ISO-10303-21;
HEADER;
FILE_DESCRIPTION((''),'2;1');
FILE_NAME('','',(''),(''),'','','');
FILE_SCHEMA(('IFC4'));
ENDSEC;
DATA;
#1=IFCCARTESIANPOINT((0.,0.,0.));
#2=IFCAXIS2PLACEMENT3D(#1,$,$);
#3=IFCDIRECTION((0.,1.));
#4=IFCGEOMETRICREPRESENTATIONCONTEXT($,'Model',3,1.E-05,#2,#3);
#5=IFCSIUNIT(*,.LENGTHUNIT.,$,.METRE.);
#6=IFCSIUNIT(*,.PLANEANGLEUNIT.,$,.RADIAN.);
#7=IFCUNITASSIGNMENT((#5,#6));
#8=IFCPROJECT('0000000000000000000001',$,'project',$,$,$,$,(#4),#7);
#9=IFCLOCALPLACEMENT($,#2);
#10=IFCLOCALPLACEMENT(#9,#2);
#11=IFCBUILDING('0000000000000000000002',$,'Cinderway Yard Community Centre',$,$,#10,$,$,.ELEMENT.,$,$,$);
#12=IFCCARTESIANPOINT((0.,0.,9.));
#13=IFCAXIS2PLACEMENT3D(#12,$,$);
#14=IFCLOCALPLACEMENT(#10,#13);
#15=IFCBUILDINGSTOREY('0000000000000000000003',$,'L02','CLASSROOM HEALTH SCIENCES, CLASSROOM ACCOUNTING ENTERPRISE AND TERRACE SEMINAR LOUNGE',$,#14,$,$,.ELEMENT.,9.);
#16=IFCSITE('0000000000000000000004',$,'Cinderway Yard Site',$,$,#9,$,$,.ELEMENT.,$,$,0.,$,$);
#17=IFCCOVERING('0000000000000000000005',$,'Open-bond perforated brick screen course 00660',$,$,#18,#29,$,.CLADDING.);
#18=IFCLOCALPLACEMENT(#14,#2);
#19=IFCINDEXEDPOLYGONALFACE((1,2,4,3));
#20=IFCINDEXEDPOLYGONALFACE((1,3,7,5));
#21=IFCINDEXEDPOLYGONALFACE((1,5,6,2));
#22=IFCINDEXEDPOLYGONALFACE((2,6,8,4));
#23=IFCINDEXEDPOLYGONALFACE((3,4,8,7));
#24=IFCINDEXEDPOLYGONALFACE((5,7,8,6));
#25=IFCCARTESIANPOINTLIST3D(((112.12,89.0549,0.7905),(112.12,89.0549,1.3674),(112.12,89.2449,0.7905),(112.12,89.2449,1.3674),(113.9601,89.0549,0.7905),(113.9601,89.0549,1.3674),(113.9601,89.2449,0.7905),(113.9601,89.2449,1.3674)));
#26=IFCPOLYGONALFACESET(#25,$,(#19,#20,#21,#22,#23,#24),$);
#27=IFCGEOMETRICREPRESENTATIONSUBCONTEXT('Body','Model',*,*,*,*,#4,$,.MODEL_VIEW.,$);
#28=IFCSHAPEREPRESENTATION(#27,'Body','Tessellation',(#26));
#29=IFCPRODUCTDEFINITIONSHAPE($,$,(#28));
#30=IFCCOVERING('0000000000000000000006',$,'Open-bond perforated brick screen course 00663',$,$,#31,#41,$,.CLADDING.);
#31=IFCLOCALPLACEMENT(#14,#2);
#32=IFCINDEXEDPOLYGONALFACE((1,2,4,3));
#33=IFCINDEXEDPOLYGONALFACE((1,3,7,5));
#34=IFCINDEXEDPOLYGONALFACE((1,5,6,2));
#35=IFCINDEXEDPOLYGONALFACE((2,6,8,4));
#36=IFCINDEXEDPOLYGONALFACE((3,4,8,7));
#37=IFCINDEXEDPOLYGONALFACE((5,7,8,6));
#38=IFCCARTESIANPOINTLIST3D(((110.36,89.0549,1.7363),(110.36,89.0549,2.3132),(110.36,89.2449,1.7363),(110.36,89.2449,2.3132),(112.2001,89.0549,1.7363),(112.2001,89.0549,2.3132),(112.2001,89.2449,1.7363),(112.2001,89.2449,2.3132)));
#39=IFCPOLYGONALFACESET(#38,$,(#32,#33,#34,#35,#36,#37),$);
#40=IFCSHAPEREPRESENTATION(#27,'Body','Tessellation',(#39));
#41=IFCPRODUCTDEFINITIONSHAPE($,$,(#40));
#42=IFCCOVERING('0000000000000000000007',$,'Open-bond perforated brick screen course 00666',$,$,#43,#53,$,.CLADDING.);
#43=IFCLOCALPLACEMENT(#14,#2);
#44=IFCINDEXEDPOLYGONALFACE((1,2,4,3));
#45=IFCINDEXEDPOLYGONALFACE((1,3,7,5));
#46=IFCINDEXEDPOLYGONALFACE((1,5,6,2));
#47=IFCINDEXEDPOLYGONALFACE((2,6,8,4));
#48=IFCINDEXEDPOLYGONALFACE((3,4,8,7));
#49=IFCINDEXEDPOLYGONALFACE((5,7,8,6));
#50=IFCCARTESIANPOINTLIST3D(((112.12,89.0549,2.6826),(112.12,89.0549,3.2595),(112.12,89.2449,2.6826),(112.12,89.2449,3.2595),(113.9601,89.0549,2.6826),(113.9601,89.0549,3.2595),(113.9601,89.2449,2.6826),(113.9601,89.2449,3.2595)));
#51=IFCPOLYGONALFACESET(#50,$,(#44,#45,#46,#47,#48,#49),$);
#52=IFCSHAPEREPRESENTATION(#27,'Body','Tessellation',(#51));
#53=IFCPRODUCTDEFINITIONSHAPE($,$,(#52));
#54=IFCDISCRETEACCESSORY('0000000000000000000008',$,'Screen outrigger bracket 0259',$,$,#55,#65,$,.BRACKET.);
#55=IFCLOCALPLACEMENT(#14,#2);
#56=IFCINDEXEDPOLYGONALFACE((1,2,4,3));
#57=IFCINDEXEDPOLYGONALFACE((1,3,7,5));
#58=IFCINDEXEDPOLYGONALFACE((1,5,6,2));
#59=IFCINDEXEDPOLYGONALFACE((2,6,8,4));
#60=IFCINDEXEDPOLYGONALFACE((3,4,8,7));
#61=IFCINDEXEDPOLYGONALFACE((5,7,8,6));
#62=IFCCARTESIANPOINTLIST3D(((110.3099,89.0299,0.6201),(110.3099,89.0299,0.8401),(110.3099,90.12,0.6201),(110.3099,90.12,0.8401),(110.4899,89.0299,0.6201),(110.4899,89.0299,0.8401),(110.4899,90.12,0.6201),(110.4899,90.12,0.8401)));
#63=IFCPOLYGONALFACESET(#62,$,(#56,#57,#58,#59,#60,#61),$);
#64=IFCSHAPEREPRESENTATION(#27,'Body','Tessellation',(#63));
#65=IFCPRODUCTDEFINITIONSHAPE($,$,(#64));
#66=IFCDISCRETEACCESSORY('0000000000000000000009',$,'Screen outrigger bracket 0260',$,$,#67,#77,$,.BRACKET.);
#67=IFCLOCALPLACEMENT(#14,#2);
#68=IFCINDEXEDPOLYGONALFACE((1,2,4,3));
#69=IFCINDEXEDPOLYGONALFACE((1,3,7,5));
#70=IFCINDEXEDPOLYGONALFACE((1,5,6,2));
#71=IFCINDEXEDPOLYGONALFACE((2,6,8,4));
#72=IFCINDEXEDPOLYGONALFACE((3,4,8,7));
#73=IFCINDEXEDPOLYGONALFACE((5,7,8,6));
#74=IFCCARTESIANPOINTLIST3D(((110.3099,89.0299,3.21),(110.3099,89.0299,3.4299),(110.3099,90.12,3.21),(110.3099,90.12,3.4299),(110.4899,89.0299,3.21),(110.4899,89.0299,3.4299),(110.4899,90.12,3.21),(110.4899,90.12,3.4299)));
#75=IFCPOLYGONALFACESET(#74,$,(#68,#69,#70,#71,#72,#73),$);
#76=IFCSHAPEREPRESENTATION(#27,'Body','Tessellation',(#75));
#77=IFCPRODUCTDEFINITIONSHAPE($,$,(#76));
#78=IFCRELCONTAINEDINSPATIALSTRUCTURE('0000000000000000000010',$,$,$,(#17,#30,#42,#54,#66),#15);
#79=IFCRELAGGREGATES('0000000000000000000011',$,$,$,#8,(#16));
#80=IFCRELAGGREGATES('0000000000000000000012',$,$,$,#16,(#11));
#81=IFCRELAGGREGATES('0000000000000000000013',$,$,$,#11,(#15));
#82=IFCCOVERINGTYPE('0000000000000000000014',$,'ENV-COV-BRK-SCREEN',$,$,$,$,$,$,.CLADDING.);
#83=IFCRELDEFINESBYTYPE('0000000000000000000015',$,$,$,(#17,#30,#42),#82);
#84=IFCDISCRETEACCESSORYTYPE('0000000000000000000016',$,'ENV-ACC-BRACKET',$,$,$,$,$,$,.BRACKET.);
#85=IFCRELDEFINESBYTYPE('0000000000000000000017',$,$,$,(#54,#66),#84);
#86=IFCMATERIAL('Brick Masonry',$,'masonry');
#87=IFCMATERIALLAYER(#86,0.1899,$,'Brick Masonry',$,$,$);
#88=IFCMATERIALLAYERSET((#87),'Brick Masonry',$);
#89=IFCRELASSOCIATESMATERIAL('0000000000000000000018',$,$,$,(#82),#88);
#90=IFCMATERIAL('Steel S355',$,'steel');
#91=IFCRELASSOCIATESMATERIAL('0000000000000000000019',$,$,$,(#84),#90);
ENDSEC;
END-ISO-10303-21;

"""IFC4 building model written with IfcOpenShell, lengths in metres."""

from ifc_helpers import new_model, si_unit, direction, frame, origin, origin_2d, place, context, subcontext, project, spatial, rectangle, extrude, material, layer, layer_set, type_object, element, save


model = new_model("IFC4")

# Units and contexts
model_context = context("Model", 3, precision=1e-05, world=origin(), true_north=direction((0.0, 1.0)))
body_context = subcontext(model_context, "Body", "Model", "MODEL_VIEW")
ifc_project = project(units=[si_unit("LENGTHUNIT", "METRE"), si_unit("PLANEANGLEUNIT", "RADIAN")], contexts=[model_context])

# Site, building, storey
site_placement = place(None, origin())
site = spatial("IfcSite", under=ifc_project, at=site_placement, Name="Cinderway Yard Site", CompositionType="ELEMENT", RefElevation=0.0)
building_placement = place(site_placement, origin())
building = spatial("IfcBuilding", under=site, at=building_placement, Name="Cinderway Yard Community Centre", CompositionType="ELEMENT")
storey_placement = place(building_placement, frame((0.0, 0.0, 9.0)))
storey = spatial("IfcBuildingStorey", under=building, at=storey_placement, Name="L02", Description="CLASSROOM HEALTH SCIENCES, CLASSROOM ACCOUNTING ENTERPRISE AND TERRACE SEMINAR LOUNGE", CompositionType="ELEMENT", Elevation=9.0)

# Shared definitions
ifc_material_1 = material(Name="Steel S355", Category="steel")

# Coverings
ifc_material_2 = material(Name="Brick Masonry", Category="masonry")
ifc_layer_1 = layer(ifc_material_2, 0.1899, Name="Brick Masonry")
ifc_layer_set_1 = layer_set([ifc_layer_1], Name="Brick Masonry")
covering_type = type_object("IfcCoveringType", Name="ENV-COV-BRK-SCREEN", PredefinedType="CLADDING", material=ifc_layer_set_1)
for number, where, z_axis, x_axis, name in (
    (1, (113.04, 89.1499, 0.7905), (0.0, 0.0, 1.0), (-1.0, 0.0, 0.0), "Open-bond perforated brick screen course 00660"),
    (2, (111.28, 89.1499, 1.7363), (0.0, 0.0, 1.0), (-1.0, 0.0, 0.0), "Open-bond perforated brick screen course 00663"),
    (3, (113.04, 89.1499, 2.6826), (0.0, 0.0, 1.0), (-1.0, 0.0, 0.0), "Open-bond perforated brick screen course 00666"),
):
    element("IfcCovering", number, at=place(storey_placement, frame(where, z_axis=z_axis, x_axis=x_axis)), inside=storey, type_object=covering_type, Name=name, PredefinedType="CLADDING", context=body_context, shape_type="SweptSolid", body=[
        extrude(rectangle(XDim=1.8401, YDim=0.1899, at=origin_2d()), origin(), (0.0, 0.0, 1.0), 0.5769),
    ])

# Discrete accessories
discrete_accessory_type = type_object("IfcDiscreteAccessoryType", Name="ENV-ACC-BRACKET", PredefinedType="BRACKET", material=ifc_material_1)
for number, where, z_axis, x_axis, name in (
    (4, (110.3999, 89.575, 0.6201), (0.0, 0.0, 1.0), (0.0, -1.0, 0.0), "Screen outrigger bracket 0259"),
    (5, (110.3999, 89.575, 3.21), (0.0, 0.0, 1.0), (0.0, -1.0, 0.0), "Screen outrigger bracket 0260"),
):
    element("IfcDiscreteAccessory", number, at=place(storey_placement, frame(where, z_axis=z_axis, x_axis=x_axis)), inside=storey, type_object=discrete_accessory_type, Name=name, PredefinedType="BRACKET", context=body_context, shape_type="SweptSolid", body=[
        extrude(rectangle(XDim=1.0901, YDim=0.1799, at=origin_2d()), origin(), (0.0, 0.0, 1.0), 0.22),
    ])

save(model, "model.ifc")
